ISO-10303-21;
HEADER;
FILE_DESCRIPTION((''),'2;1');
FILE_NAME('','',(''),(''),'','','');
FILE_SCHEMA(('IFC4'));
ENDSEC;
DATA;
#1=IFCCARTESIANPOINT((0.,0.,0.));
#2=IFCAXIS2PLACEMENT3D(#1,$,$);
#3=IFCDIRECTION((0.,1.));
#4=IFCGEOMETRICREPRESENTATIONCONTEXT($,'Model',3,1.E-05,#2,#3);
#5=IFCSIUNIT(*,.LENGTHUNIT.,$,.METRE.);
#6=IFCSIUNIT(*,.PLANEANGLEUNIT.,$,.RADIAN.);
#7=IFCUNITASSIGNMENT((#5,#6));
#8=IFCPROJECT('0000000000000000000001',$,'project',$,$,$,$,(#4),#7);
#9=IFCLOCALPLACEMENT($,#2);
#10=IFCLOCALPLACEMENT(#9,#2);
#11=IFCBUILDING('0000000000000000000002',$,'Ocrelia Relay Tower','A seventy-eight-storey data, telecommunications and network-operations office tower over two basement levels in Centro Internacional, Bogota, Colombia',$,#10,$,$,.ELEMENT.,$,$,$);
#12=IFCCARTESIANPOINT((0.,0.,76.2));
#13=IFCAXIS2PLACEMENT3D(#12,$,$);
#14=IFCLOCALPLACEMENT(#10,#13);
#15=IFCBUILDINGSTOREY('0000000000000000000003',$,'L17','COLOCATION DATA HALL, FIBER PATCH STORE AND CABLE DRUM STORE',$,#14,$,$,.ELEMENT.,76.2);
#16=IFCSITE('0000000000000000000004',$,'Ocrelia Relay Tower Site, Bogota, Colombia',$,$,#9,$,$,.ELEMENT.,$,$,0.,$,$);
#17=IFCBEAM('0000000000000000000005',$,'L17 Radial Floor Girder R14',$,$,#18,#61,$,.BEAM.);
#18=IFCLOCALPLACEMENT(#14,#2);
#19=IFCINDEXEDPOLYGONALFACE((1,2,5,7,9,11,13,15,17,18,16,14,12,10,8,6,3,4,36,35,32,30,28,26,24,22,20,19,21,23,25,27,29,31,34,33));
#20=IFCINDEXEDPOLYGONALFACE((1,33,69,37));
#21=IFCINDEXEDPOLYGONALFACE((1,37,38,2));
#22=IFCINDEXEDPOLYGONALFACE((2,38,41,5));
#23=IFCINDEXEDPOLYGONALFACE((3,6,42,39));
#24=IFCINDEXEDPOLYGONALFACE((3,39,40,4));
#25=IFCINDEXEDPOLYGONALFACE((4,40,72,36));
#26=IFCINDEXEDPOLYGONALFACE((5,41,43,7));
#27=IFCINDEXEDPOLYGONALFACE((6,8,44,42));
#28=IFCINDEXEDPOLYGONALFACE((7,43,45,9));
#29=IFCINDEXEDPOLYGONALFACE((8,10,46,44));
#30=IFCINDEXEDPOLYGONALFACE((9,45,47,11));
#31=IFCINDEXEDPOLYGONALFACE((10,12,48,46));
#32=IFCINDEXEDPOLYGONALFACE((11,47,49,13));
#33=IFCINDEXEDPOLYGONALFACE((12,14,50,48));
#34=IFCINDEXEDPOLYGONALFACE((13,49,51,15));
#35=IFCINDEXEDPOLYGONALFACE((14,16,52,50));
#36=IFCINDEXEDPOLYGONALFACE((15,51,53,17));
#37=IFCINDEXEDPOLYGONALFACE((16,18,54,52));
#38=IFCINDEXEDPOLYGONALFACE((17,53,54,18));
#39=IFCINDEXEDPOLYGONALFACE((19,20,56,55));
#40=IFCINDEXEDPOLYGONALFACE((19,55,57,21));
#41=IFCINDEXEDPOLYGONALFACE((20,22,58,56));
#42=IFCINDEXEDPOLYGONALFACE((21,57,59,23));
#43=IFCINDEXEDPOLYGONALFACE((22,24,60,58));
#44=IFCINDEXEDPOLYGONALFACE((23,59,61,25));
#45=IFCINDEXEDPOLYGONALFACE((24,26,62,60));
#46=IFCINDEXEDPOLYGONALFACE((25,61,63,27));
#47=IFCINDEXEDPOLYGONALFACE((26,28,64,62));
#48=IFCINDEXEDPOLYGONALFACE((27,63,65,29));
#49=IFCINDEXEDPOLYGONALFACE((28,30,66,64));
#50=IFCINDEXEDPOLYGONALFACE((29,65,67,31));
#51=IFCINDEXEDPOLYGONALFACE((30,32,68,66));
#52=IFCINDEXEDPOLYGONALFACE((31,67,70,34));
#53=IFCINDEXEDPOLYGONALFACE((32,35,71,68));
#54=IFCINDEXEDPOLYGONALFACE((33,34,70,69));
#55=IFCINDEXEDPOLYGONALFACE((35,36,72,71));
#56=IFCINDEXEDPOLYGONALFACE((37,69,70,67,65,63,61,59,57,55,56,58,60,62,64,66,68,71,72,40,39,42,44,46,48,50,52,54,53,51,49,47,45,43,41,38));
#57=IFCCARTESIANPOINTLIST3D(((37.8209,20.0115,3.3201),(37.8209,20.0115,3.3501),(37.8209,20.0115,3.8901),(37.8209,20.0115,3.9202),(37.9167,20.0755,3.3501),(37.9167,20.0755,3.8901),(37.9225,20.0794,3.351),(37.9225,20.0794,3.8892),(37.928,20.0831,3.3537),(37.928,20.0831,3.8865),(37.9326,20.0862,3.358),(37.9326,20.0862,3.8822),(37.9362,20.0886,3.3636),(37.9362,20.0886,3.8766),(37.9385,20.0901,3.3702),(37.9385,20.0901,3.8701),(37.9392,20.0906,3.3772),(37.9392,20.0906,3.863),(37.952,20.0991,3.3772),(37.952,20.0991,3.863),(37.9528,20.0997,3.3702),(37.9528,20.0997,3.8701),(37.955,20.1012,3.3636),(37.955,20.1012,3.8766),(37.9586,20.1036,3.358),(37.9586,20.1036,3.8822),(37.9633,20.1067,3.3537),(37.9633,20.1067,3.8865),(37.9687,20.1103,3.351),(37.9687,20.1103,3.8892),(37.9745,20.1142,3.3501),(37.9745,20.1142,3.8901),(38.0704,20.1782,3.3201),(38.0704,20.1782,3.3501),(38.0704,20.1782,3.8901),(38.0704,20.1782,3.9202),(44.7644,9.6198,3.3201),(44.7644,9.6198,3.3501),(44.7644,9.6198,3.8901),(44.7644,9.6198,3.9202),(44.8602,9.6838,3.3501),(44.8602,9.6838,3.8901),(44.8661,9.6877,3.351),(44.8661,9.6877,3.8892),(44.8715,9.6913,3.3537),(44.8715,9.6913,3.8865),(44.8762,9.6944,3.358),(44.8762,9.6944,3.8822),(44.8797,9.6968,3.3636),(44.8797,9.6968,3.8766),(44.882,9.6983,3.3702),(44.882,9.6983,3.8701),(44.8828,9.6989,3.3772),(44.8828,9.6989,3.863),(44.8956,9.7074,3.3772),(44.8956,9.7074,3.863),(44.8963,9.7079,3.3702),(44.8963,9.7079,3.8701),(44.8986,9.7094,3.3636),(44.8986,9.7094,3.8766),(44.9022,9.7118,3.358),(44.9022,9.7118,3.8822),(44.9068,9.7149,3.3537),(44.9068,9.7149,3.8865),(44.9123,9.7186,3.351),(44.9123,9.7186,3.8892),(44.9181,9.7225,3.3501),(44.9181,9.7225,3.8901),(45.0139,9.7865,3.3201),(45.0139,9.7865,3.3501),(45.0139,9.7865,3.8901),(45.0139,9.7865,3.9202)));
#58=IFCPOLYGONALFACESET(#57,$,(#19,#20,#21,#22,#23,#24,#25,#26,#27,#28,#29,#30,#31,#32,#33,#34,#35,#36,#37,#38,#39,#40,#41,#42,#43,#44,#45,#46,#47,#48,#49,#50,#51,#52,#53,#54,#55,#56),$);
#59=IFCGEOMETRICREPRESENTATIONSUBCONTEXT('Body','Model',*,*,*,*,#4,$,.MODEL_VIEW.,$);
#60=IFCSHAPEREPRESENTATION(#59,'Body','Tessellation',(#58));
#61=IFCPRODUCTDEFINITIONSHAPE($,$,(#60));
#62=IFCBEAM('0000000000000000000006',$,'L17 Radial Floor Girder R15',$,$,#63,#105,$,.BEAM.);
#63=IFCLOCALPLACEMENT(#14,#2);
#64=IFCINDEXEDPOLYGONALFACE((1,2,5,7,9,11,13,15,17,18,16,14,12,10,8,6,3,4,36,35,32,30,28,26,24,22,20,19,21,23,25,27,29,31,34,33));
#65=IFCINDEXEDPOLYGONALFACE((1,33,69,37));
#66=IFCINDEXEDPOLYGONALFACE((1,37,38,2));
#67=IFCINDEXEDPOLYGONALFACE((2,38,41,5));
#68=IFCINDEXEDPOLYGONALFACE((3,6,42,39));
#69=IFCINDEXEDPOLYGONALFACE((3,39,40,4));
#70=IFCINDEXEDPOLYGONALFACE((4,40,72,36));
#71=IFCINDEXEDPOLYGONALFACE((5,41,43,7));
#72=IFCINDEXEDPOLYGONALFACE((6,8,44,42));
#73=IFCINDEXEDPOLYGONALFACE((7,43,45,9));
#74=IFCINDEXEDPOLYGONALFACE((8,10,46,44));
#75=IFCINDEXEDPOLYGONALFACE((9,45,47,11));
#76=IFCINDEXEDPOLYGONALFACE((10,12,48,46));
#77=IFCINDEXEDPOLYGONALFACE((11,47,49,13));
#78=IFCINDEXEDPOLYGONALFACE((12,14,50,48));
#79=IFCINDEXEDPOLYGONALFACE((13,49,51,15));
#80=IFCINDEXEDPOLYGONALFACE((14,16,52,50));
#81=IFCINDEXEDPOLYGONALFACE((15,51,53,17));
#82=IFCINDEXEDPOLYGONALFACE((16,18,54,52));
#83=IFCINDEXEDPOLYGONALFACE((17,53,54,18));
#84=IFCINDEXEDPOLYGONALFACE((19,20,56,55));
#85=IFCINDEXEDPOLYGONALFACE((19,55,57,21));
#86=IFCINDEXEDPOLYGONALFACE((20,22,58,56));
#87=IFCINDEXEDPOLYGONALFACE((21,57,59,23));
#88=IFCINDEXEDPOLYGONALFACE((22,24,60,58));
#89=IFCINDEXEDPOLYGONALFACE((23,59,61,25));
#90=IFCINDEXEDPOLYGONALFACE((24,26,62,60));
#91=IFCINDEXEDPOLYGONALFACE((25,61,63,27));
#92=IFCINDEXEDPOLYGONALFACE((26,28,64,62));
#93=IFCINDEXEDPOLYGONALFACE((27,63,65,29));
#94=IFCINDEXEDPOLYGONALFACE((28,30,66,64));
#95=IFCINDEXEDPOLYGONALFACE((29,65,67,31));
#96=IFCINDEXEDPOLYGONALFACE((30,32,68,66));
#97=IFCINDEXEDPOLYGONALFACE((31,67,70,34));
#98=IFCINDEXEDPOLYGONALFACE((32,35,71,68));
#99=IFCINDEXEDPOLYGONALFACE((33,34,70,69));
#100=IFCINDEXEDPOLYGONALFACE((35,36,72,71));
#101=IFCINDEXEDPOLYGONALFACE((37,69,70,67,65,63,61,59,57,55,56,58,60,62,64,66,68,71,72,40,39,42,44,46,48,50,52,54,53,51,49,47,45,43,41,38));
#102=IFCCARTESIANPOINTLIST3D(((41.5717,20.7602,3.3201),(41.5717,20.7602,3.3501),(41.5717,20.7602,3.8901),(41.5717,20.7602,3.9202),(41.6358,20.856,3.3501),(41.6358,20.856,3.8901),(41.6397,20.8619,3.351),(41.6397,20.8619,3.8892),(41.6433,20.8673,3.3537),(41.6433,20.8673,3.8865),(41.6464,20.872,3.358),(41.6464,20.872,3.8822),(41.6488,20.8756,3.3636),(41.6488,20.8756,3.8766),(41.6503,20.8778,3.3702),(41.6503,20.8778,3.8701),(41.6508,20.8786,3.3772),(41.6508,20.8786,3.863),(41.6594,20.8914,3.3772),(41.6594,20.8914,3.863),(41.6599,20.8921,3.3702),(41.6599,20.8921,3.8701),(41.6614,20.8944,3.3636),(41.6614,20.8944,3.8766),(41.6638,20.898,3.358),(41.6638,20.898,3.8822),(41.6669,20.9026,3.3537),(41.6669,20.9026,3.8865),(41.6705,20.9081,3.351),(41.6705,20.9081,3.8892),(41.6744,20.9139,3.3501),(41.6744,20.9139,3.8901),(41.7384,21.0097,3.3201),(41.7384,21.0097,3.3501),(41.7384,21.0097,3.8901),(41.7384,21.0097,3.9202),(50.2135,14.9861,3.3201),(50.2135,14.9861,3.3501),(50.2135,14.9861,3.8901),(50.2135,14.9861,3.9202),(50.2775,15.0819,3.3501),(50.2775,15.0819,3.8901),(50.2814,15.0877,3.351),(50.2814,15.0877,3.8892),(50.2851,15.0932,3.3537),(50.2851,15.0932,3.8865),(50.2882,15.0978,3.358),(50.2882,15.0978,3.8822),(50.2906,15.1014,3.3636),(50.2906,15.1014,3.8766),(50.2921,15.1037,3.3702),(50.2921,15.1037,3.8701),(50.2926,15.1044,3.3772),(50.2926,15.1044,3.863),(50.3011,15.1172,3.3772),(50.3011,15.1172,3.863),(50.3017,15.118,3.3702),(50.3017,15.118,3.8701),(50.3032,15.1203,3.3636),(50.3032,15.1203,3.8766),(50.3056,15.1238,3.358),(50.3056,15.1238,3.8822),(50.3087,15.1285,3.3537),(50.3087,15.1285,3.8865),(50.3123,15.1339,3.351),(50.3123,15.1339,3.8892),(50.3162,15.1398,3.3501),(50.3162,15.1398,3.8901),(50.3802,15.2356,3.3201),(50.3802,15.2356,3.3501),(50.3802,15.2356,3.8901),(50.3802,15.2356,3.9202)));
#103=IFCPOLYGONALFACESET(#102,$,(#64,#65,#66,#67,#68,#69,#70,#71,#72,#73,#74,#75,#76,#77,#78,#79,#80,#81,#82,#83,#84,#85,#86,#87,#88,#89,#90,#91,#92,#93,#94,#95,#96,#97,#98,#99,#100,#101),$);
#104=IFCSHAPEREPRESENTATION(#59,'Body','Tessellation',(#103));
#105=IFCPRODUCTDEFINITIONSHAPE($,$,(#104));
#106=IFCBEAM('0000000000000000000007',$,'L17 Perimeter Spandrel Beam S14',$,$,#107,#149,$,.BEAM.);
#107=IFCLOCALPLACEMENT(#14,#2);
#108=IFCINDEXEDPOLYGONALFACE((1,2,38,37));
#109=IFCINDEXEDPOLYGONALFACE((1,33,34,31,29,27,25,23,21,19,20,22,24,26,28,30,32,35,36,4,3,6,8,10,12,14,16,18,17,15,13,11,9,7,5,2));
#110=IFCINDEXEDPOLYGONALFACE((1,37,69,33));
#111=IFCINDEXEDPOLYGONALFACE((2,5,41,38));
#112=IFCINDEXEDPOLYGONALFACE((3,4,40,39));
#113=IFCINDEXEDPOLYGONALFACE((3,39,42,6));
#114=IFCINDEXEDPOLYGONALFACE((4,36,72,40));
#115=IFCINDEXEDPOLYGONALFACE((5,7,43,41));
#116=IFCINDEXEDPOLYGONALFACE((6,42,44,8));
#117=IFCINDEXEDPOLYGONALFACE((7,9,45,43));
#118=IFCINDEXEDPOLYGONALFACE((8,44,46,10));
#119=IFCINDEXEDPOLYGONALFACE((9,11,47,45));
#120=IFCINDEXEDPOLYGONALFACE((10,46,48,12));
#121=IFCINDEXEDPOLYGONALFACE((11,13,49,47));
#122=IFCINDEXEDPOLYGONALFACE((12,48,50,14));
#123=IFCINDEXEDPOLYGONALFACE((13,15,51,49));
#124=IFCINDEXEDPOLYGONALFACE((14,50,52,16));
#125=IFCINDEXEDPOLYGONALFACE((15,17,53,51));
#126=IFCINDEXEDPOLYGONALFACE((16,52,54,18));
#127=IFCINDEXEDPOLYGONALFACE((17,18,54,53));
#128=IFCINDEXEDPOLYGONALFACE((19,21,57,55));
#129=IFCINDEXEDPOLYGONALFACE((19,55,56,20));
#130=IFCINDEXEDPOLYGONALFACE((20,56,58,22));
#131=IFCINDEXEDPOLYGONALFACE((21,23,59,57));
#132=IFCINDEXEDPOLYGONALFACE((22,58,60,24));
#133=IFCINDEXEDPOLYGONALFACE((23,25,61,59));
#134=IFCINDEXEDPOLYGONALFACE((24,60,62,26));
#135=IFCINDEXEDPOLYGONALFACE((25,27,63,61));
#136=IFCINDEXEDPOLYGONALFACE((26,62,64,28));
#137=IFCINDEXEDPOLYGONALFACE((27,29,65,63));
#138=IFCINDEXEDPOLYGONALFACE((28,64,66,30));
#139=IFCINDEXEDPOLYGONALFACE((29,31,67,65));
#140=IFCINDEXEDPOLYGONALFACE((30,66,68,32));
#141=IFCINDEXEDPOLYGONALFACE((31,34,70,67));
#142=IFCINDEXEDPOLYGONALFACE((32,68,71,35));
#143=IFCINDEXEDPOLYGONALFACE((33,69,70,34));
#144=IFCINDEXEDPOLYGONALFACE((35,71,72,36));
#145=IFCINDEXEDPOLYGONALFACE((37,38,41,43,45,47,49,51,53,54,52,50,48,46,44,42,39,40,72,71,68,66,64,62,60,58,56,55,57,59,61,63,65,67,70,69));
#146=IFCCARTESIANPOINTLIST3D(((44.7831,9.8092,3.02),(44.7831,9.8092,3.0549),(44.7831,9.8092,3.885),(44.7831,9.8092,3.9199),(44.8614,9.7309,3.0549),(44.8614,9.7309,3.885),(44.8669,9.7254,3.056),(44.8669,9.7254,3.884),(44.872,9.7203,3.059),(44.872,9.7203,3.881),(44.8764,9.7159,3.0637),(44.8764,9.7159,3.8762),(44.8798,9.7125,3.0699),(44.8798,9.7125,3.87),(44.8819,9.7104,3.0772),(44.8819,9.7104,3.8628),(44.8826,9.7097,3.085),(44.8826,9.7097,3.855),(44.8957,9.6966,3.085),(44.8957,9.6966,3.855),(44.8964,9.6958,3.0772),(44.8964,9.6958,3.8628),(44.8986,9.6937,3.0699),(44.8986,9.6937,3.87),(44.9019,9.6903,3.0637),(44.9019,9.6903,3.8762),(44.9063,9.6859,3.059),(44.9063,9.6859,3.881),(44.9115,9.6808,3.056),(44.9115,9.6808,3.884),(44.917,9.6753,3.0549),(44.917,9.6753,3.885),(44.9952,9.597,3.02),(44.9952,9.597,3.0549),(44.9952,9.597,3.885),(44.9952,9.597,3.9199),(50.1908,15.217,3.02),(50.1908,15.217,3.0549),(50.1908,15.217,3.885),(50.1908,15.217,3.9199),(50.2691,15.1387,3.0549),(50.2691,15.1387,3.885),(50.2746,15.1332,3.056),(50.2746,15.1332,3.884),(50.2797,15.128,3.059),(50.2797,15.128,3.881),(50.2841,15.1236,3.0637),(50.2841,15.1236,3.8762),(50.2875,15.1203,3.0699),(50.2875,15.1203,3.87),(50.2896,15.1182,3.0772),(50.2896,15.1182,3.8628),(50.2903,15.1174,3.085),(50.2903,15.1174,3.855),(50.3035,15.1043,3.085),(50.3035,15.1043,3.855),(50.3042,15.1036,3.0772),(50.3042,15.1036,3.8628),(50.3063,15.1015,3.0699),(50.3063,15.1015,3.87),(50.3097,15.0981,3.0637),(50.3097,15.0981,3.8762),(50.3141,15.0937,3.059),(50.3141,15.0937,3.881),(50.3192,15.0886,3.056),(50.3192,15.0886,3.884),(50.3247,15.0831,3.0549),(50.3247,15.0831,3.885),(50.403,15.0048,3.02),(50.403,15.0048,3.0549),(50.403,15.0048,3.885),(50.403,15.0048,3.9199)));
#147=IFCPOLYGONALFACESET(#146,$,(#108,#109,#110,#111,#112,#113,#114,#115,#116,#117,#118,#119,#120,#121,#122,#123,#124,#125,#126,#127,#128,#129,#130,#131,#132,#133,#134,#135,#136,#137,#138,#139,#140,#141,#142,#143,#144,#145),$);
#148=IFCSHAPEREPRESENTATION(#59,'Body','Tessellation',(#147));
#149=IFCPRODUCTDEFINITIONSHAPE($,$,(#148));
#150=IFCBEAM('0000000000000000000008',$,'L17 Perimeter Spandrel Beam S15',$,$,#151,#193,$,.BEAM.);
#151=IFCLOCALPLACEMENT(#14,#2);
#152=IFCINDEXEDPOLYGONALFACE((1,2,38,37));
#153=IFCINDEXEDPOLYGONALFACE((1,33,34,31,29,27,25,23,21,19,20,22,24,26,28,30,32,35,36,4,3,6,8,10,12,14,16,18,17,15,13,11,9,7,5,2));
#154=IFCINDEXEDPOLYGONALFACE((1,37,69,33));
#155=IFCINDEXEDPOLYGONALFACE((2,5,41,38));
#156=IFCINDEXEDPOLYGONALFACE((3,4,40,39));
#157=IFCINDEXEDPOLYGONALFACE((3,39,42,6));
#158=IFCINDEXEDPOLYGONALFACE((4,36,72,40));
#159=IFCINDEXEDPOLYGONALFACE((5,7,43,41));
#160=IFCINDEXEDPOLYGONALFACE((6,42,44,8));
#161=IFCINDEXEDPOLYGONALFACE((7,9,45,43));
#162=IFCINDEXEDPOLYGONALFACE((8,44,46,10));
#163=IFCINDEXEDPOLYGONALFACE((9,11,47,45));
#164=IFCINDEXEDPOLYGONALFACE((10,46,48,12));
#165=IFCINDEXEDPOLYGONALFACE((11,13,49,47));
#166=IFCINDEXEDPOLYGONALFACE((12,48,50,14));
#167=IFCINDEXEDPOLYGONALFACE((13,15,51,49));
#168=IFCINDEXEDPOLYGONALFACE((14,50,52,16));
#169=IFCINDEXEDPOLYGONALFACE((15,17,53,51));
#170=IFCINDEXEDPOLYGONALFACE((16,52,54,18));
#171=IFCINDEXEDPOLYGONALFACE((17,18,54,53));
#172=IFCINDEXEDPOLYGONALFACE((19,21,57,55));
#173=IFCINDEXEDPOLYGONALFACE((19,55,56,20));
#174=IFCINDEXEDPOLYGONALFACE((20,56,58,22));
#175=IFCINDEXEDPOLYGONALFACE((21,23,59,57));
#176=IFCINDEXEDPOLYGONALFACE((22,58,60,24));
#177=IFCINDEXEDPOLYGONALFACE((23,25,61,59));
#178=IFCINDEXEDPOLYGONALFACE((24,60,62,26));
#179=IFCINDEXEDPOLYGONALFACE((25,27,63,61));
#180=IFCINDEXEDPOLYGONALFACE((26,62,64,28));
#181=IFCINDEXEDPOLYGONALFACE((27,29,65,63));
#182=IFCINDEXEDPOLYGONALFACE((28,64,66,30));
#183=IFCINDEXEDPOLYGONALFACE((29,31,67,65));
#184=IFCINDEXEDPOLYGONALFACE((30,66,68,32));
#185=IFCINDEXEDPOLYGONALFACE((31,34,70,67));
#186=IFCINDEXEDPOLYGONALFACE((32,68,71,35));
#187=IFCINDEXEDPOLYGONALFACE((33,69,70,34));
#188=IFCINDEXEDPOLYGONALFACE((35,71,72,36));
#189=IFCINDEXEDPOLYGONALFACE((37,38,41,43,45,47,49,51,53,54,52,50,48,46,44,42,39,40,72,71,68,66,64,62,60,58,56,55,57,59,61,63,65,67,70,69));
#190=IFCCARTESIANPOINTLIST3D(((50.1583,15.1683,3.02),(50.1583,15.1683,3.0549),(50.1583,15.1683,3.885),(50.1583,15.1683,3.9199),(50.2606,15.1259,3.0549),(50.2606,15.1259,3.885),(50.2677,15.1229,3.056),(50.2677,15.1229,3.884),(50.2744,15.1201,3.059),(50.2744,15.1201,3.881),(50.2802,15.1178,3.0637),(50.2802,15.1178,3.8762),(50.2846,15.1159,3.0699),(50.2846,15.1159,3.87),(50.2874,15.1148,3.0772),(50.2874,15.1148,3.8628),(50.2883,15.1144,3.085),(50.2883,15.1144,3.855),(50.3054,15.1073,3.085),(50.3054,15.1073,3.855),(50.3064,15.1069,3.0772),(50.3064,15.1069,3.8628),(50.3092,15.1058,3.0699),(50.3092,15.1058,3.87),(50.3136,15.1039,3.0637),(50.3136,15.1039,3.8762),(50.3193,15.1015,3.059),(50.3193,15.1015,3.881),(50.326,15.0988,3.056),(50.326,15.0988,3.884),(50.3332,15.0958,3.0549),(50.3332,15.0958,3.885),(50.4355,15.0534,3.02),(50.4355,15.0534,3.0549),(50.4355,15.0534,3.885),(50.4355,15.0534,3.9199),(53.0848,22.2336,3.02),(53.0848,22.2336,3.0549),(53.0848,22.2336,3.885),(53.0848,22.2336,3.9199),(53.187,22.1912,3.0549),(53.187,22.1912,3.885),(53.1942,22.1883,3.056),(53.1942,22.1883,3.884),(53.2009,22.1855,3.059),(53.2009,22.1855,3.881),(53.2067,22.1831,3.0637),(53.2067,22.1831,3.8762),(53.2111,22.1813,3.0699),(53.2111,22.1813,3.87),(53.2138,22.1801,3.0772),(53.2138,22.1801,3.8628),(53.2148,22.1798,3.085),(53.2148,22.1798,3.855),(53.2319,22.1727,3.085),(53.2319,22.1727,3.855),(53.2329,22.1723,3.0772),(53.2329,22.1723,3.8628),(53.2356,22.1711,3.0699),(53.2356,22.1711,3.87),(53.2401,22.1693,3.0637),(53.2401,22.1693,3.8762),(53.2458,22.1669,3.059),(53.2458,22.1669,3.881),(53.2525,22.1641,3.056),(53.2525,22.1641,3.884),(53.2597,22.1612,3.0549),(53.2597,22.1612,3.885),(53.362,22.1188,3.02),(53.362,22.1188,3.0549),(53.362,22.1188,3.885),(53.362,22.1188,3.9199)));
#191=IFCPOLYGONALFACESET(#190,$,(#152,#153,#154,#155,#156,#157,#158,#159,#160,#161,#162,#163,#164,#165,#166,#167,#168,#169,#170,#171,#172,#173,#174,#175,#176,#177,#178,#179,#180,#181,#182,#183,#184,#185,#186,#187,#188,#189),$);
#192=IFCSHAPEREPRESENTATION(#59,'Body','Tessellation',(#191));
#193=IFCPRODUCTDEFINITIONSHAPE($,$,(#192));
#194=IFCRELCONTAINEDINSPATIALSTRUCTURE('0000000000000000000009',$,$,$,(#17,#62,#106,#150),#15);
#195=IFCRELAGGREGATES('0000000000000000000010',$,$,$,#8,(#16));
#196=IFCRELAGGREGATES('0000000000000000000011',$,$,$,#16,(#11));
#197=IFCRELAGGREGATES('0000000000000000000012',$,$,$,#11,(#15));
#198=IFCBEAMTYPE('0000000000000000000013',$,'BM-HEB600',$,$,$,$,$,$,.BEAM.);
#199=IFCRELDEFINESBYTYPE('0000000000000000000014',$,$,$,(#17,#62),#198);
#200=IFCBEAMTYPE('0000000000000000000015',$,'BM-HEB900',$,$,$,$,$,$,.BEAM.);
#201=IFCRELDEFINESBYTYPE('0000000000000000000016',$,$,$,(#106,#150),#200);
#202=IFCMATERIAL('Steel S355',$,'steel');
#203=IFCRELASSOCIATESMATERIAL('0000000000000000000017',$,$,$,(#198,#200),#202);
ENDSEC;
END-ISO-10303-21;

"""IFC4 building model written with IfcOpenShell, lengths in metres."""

from ifc_helpers import new_model, si_unit, direction, frame, origin, origin_2d, place, context, subcontext, project, spatial, i_section, extrude, material, material_profile, profile_set, type_object, element, save


model = new_model("IFC4")

# Units and contexts
model_context = context("Model", 3, precision=1e-05, world=origin(), true_north=direction((0.0, 1.0)))
body_context = subcontext(model_context, "Body", "Model", "MODEL_VIEW")
ifc_project = project(units=[si_unit("LENGTHUNIT", "METRE"), si_unit("PLANEANGLEUNIT", "RADIAN")], contexts=[model_context])

# Site, building, storey
site_placement = place(None, origin())
site = spatial("IfcSite", under=ifc_project, at=site_placement, Name="Ocrelia Relay Tower Site, Bogota, Colombia", CompositionType="ELEMENT", RefElevation=0.0)
building_placement = place(site_placement, origin())
building = spatial("IfcBuilding", under=site, at=building_placement, Name="Ocrelia Relay Tower", Description="A seventy-eight-storey data, telecommunications and network-operations office tower over two basement levels in Centro Internacional, Bogota, Colombia", CompositionType="ELEMENT")
storey_placement = place(building_placement, frame((0.0, 0.0, 76.2)))
storey = spatial("IfcBuildingStorey", under=building, at=storey_placement, Name="L17", Description="COLOCATION DATA HALL, FIBER PATCH STORE AND CABLE DRUM STORE", CompositionType="ELEMENT", Elevation=76.2)

# Beams
ifc_material_1 = material(Name="Steel S355", Category="steel")
ifc_material_profile_1 = material_profile(ifc_material_1, i_section(OverallWidth=0.3, OverallDepth=0.6001, WebThickness=0.0154, FlangeThickness=0.03, FilletRadius=0.0271, at=origin_2d()), Name="HEB 600")
ifc_profile_set_1 = profile_set([ifc_material_profile_1], Name="Steel S355")
beam_type_1 = type_object("IfcBeamType", Name="BM-HEB600", PredefinedType="BEAM", material=ifc_profile_set_1)
beam_1_placement = place(storey_placement, frame((44.8892, 9.7031, 3.6201), z_axis=(-0.55557, 0.83147, 0.0), x_axis=(-0.83147, -0.55557, 0.0)))
element("IfcBeam", 1, at=beam_1_placement, inside=storey, type_object=beam_type_1, Name="L17 Radial Floor Girder R14", PredefinedType="BEAM", context=body_context, shape_type="SweptSolid", body=[
    extrude(i_section(OverallWidth=0.3, OverallDepth=0.6001, WebThickness=0.0154, FlangeThickness=0.03, FilletRadius=0.0271, at=origin_2d()), origin(), (0.0, 0.0, 1.0), 12.498),
])
beam_2_placement = place(storey_placement, frame((50.2969, 15.1108, 3.6201), z_axis=(-0.831475, 0.555562, 0.0), x_axis=(-0.555562, -0.831475, 0.0)))
element("IfcBeam", 2, at=beam_2_placement, inside=storey, type_object=beam_type_1, Name="L17 Radial Floor Girder R15", PredefinedType="BEAM", context=body_context, shape_type="SweptSolid", body=[
    extrude(i_section(OverallWidth=0.3, OverallDepth=0.6001, WebThickness=0.0154, FlangeThickness=0.03, FilletRadius=0.0271, at=origin_2d()), origin(), (0.0, 0.0, 1.0), 10.3933),
])
ifc_material_profile_2 = material_profile(ifc_material_1, i_section(OverallWidth=0.3, OverallDepth=0.8999, WebThickness=0.0186, FlangeThickness=0.0349, FilletRadius=0.03, at=origin_2d()), Name="HEB 900")
ifc_profile_set_2 = profile_set([ifc_material_profile_2], Name="Steel S355")
beam_type_2 = type_object("IfcBeamType", Name="BM-HEB900", PredefinedType="BEAM", material=ifc_profile_set_2)
beam_3_placement = place(storey_placement, frame((44.8892, 9.7031, 3.47), z_axis=(0.707107, 0.707107, 0.0), x_axis=(-0.707107, 0.707107, 0.0)))
element("IfcBeam", 3, at=beam_3_placement, inside=storey, type_object=beam_type_2, Name="L17 Perimeter Spandrel Beam S14", PredefinedType="BEAM", context=body_context, shape_type="SweptSolid", body=[
    extrude(i_section(OverallWidth=0.3, OverallDepth=0.8999, WebThickness=0.0186, FlangeThickness=0.0349, FilletRadius=0.03, at=origin_2d()), origin(), (0.0, 0.0, 1.0), 7.6477),
])
beam_4_placement = place(storey_placement, frame((50.2969, 15.1108, 3.47), z_axis=(0.382674, 0.923883, 0.0), x_axis=(-0.923883, 0.382674, 0.0)))
element("IfcBeam", 4, at=beam_4_placement, inside=storey, type_object=beam_type_2, Name="L17 Perimeter Spandrel Beam S15", PredefinedType="BEAM", context=body_context, shape_type="SweptSolid", body=[
    extrude(i_section(OverallWidth=0.3, OverallDepth=0.8999, WebThickness=0.0186, FlangeThickness=0.0349, FilletRadius=0.03, at=origin_2d()), origin(), (0.0, 0.0, 1.0), 7.6475),
])

save(model, "model.ifc")
